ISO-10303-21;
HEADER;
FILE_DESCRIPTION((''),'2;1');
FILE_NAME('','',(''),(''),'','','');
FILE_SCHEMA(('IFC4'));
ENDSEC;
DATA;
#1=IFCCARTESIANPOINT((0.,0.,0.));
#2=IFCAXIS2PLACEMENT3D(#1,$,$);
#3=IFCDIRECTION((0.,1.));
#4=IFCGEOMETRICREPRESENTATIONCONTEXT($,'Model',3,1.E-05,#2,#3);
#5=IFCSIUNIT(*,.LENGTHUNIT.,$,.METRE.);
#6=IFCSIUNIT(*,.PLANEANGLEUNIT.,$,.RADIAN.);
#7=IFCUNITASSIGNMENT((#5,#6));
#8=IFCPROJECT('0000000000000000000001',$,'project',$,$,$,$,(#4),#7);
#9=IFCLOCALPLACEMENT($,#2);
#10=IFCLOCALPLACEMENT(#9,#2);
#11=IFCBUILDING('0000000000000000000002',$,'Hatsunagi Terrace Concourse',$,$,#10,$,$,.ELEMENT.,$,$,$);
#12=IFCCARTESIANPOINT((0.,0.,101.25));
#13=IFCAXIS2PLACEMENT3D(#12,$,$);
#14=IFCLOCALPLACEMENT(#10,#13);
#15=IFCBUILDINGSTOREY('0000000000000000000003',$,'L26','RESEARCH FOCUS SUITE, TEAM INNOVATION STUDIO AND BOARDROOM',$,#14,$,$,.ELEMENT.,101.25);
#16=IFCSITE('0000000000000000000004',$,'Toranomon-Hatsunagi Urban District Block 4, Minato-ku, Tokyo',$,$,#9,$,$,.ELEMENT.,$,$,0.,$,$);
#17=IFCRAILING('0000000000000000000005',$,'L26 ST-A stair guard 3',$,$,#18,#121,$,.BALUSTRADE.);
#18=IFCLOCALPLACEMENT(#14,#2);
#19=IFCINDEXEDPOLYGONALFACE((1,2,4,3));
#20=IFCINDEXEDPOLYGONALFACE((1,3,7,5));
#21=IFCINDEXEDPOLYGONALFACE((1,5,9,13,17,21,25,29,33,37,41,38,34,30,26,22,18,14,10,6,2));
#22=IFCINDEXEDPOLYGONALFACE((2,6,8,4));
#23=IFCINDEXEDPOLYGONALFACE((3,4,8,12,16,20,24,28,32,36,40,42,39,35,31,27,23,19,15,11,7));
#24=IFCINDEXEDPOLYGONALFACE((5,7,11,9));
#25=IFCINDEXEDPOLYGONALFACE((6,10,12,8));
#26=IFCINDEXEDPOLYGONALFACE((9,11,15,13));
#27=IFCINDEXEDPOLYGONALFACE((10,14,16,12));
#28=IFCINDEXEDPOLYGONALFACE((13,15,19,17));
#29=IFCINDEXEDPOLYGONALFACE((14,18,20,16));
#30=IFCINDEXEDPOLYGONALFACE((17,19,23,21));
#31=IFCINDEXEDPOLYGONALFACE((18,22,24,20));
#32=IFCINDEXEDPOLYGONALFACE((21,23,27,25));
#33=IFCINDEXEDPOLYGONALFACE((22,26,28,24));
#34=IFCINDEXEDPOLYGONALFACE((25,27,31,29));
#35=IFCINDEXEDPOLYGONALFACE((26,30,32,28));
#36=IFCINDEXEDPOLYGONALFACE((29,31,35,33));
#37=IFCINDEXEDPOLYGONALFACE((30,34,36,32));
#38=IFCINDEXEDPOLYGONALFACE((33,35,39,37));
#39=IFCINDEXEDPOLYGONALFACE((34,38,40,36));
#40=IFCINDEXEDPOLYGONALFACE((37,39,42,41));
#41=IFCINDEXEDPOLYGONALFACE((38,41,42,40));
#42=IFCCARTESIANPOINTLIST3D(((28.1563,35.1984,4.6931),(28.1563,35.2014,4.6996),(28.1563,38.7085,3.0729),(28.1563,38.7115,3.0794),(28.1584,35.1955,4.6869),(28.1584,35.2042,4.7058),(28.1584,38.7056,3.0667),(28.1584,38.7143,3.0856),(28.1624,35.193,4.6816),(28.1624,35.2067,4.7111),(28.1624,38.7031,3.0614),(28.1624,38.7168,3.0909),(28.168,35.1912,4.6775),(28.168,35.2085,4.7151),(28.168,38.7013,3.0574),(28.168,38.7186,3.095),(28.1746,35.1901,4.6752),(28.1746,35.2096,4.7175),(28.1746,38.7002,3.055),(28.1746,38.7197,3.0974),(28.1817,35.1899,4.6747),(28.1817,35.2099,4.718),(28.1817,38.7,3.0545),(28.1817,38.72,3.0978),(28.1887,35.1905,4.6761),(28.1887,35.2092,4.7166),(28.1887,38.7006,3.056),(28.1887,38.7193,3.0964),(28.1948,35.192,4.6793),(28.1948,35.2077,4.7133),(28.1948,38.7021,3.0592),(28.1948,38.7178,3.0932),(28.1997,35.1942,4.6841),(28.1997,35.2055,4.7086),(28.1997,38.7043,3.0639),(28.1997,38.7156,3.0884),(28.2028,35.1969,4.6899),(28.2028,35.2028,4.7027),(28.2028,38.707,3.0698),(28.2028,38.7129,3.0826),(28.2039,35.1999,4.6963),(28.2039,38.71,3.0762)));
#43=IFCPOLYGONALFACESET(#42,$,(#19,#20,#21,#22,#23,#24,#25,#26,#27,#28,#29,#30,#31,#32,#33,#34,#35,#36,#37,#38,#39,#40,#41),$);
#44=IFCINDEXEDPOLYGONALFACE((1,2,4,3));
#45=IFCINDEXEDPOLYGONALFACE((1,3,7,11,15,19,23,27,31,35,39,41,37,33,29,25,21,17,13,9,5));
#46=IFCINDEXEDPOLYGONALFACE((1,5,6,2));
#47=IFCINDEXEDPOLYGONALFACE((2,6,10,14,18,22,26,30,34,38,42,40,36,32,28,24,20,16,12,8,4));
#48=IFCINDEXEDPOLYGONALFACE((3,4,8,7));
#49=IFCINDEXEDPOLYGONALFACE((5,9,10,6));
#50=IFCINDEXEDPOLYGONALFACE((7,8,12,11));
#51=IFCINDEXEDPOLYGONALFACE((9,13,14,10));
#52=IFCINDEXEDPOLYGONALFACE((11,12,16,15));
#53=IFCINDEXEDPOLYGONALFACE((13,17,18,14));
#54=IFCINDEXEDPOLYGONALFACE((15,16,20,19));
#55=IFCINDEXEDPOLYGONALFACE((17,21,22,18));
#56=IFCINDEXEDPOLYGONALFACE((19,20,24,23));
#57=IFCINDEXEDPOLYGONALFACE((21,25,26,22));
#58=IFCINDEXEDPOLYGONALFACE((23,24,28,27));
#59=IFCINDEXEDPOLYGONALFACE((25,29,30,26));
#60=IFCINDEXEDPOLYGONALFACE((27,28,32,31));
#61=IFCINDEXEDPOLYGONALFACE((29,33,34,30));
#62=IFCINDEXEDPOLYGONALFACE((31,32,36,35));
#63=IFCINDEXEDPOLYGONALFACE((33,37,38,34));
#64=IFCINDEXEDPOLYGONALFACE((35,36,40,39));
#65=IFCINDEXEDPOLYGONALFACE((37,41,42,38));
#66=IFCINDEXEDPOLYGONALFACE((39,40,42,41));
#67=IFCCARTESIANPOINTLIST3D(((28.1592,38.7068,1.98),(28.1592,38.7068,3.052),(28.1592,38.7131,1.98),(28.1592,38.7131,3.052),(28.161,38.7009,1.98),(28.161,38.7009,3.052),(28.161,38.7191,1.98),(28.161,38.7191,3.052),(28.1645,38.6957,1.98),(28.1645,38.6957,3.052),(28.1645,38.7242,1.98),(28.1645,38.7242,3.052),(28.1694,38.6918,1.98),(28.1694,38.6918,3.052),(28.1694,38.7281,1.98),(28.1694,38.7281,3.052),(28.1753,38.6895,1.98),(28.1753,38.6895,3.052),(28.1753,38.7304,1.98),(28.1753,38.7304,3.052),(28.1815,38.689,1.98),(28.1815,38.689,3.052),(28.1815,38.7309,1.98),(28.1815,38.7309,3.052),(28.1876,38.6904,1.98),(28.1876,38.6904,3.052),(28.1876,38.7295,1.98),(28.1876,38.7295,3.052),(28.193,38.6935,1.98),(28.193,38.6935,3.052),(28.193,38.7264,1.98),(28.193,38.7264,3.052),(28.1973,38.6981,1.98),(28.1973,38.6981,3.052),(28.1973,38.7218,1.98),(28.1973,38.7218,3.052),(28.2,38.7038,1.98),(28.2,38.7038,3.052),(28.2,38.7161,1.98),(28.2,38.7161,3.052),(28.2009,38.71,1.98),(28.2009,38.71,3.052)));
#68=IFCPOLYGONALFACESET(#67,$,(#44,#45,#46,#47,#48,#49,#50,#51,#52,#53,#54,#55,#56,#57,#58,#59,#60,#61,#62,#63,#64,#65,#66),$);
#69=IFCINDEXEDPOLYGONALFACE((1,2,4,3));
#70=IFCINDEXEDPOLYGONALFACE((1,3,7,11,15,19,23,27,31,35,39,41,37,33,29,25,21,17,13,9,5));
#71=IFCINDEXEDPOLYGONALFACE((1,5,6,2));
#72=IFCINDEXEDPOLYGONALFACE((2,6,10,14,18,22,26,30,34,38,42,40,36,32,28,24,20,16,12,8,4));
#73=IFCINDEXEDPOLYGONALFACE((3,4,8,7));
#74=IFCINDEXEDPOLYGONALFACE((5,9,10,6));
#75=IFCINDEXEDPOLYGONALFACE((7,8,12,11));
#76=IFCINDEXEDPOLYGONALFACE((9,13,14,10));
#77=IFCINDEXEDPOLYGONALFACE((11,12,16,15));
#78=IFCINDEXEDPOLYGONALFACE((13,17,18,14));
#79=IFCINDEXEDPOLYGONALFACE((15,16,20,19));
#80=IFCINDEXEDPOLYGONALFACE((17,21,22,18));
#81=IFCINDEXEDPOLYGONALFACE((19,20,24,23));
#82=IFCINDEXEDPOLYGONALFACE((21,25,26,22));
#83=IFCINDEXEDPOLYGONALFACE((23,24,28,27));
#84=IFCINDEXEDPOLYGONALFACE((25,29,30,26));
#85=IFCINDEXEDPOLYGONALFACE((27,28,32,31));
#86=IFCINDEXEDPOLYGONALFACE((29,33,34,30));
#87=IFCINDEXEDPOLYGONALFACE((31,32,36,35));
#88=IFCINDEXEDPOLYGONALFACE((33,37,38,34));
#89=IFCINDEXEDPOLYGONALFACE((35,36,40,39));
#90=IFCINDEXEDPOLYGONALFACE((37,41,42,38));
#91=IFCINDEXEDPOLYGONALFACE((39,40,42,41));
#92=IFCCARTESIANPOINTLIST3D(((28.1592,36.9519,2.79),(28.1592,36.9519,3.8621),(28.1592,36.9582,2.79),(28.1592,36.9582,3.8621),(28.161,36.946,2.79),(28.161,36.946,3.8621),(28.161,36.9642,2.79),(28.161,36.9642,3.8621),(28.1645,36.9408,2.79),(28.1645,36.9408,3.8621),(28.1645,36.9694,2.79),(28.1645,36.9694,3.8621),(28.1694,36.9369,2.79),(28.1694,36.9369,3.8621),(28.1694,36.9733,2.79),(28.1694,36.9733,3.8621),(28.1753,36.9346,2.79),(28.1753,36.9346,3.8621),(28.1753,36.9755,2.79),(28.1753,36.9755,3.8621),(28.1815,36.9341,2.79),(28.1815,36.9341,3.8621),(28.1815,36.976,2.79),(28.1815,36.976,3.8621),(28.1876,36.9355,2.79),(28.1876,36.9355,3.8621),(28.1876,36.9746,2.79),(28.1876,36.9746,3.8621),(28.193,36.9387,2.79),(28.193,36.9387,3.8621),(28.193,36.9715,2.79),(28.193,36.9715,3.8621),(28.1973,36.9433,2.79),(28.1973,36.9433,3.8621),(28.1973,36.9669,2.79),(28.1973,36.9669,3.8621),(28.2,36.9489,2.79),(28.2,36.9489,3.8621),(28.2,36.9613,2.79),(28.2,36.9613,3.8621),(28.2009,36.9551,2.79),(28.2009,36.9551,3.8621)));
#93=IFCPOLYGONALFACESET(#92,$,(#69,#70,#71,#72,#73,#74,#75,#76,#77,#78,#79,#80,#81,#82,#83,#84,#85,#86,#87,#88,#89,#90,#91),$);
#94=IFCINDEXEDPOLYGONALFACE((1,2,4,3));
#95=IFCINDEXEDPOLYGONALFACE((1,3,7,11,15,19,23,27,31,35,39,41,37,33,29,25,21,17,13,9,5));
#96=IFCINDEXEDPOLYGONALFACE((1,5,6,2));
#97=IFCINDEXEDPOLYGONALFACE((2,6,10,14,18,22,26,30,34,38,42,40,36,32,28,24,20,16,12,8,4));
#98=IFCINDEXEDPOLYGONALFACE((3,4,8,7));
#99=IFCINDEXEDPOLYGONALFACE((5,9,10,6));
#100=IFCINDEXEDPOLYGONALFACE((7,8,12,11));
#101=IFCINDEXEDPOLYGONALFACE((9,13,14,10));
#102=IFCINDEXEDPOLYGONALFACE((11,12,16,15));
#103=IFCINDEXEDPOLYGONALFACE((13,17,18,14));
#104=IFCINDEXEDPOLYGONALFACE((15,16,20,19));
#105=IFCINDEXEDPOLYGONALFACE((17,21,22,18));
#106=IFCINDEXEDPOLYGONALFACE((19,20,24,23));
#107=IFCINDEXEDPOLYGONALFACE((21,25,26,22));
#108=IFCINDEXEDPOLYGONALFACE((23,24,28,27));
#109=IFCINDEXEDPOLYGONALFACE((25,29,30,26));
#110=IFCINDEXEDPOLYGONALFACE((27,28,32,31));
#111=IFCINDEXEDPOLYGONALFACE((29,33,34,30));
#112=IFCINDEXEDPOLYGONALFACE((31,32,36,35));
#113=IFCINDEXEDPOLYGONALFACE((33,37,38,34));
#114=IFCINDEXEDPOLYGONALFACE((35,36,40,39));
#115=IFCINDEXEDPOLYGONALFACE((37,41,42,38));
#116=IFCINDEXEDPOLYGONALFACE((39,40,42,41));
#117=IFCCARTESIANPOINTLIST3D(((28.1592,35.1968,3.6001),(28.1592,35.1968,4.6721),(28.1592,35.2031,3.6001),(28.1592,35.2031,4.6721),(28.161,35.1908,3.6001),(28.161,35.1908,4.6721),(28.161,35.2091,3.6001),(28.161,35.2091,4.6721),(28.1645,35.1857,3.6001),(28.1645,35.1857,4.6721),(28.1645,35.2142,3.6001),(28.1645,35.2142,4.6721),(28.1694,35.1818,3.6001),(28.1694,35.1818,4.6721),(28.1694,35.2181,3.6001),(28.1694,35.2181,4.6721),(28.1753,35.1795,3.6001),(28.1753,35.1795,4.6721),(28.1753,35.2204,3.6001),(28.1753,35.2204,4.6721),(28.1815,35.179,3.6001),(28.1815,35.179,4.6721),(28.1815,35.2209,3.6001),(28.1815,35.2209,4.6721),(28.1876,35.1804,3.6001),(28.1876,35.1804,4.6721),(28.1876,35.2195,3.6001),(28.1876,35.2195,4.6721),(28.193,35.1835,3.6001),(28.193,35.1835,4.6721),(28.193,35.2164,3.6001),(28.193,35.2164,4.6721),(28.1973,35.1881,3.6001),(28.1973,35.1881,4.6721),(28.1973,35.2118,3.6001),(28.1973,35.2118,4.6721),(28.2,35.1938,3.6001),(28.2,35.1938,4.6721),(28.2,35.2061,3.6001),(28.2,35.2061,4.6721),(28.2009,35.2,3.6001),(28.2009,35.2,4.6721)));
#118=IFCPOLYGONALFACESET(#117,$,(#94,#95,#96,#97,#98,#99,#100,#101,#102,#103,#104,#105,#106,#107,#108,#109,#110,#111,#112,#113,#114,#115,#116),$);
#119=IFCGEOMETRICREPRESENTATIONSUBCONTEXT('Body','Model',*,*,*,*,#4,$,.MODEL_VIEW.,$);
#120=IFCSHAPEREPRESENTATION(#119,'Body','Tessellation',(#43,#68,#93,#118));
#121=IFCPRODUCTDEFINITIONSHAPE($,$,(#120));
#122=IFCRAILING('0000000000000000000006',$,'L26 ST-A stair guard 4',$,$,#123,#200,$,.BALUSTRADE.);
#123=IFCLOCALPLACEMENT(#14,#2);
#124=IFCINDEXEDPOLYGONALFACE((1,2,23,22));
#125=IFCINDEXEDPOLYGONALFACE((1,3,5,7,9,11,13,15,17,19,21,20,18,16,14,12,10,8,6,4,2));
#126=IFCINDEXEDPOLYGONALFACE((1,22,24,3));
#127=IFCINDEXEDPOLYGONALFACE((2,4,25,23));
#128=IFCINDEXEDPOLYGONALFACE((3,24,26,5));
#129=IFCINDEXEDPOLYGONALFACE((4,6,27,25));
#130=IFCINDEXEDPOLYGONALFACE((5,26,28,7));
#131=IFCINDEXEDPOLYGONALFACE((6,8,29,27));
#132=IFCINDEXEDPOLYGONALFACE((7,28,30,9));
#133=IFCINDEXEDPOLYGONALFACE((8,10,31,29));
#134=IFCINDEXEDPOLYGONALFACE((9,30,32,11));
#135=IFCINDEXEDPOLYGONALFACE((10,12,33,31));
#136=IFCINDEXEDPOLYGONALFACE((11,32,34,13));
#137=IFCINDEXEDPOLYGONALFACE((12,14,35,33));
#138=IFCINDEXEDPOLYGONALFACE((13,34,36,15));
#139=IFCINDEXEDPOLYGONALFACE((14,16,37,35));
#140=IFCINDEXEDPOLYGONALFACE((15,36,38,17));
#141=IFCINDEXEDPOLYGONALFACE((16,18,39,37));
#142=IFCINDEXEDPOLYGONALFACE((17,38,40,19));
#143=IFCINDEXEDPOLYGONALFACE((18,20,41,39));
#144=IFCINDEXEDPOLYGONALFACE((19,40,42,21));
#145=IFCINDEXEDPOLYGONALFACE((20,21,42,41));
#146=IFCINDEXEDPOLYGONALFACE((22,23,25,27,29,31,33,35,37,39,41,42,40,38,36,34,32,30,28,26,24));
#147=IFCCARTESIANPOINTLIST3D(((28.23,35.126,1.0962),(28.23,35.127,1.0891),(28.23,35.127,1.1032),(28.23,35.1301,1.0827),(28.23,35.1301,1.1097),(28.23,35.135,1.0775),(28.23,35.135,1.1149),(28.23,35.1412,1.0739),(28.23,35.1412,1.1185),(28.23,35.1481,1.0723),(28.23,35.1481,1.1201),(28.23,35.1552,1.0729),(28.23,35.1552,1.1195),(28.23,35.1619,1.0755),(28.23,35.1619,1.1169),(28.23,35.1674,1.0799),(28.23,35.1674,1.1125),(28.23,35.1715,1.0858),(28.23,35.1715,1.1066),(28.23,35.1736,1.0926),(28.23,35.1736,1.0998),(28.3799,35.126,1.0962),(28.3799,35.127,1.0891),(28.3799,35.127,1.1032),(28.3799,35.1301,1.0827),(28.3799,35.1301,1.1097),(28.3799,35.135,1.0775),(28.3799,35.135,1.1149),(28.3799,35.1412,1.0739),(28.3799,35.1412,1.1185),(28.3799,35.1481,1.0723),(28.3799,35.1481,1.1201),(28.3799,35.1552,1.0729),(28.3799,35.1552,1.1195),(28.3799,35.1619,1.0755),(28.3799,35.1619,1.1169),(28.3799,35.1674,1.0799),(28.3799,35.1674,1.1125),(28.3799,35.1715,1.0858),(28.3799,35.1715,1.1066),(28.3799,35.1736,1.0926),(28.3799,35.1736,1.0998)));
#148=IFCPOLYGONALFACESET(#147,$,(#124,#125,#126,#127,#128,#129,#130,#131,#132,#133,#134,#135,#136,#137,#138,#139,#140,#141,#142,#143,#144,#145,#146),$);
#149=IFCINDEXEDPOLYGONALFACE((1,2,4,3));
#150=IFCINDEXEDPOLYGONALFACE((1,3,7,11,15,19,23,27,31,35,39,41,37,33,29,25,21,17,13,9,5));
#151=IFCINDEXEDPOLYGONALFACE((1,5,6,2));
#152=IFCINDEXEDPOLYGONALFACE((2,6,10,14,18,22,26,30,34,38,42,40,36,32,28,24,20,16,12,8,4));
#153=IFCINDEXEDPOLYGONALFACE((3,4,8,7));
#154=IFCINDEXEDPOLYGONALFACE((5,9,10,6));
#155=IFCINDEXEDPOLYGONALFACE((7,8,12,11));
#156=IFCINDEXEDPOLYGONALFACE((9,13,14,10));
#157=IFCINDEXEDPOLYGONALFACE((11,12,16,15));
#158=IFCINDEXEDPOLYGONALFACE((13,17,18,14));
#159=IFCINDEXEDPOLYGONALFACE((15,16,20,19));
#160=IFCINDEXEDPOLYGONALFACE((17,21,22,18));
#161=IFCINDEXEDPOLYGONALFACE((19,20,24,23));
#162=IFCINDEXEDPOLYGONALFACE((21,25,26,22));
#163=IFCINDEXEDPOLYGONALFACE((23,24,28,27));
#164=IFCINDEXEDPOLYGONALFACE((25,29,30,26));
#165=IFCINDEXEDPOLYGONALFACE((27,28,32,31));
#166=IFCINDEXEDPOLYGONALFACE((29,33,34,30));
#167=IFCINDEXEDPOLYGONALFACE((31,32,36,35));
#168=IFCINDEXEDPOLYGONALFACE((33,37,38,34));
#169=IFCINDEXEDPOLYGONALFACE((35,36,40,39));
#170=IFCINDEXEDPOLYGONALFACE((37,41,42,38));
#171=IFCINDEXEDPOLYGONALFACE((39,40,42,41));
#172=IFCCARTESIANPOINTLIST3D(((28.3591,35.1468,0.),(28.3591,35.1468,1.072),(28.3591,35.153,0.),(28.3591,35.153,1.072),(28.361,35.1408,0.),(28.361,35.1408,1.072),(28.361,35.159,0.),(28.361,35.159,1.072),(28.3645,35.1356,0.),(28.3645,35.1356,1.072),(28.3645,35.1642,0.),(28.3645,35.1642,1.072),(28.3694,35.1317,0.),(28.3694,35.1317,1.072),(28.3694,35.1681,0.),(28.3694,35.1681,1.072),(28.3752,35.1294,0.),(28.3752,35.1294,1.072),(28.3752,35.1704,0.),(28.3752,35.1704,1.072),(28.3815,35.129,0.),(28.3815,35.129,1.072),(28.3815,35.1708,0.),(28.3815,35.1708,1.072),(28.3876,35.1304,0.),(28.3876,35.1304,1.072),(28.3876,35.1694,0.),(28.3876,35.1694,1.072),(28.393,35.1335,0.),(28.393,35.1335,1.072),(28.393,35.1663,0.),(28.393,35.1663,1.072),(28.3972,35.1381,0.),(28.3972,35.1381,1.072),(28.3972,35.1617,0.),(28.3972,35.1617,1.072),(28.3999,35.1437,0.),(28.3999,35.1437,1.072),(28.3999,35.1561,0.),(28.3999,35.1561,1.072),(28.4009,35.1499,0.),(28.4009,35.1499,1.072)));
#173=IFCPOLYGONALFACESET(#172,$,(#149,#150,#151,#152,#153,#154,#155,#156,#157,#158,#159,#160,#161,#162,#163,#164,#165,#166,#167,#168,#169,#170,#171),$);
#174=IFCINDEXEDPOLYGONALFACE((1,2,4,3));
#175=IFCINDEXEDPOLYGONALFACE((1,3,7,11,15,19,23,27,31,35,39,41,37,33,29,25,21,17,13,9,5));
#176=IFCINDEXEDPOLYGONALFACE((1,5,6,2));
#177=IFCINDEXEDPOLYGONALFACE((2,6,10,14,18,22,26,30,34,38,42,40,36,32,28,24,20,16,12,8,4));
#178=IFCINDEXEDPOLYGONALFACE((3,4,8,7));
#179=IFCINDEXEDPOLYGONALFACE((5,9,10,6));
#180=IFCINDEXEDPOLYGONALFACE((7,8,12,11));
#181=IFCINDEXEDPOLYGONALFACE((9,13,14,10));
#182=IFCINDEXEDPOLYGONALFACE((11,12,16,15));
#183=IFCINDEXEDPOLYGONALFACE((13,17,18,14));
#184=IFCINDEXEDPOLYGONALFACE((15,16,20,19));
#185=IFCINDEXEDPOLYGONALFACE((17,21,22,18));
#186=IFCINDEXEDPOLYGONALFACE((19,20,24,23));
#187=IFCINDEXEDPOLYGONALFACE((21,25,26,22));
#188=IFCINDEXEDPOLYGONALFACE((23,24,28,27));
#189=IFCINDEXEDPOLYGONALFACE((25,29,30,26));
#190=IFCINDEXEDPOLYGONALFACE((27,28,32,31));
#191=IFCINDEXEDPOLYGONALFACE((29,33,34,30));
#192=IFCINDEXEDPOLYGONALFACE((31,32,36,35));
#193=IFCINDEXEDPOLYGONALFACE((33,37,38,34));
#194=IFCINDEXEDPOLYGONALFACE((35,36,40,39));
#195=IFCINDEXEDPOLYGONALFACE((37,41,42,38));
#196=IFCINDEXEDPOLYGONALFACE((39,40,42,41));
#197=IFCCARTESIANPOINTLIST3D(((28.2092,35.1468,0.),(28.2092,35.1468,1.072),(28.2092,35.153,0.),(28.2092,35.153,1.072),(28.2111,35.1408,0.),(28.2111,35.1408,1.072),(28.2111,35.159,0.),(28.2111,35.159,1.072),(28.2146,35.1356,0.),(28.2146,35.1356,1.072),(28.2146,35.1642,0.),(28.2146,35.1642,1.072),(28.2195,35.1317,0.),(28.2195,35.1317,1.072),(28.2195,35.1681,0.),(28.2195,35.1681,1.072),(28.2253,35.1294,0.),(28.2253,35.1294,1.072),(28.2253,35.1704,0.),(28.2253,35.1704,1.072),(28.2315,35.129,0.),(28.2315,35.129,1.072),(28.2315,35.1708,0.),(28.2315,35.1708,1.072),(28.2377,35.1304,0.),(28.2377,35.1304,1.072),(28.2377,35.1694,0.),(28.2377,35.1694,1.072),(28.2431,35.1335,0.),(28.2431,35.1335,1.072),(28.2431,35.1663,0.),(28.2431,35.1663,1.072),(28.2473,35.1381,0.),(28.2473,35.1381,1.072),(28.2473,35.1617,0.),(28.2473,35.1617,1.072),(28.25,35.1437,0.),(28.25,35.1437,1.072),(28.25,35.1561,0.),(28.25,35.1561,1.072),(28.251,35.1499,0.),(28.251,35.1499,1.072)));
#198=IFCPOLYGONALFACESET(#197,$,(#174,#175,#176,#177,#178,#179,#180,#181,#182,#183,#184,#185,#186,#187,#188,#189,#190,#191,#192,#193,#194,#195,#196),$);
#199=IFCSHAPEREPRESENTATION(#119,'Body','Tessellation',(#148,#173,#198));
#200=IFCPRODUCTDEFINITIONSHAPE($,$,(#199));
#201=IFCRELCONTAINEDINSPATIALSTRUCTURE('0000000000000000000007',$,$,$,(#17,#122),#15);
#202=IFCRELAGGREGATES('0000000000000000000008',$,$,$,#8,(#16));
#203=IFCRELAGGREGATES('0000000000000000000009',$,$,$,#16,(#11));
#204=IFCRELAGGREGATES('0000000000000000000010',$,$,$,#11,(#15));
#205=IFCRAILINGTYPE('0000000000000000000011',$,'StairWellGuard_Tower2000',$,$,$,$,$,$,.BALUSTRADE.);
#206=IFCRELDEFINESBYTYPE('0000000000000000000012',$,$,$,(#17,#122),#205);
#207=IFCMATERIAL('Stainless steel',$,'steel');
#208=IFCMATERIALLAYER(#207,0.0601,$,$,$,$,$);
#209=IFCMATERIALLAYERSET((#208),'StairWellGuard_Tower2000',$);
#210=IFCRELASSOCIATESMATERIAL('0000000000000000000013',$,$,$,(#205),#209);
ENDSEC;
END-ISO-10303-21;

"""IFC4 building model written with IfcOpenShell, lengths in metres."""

from ifc_helpers import new_model, si_unit, direction, frame, origin, origin_2d, place, context, subcontext, project, spatial, circle, extrude, material, layer, layer_set, type_object, element, save


model = new_model("IFC4")

# Units and contexts
model_context = context("Model", 3, precision=1e-05, world=origin(), true_north=direction((0.0, 1.0)))
body_context = subcontext(model_context, "Body", "Model", "MODEL_VIEW")
ifc_project = project(units=[si_unit("LENGTHUNIT", "METRE"), si_unit("PLANEANGLEUNIT", "RADIAN")], contexts=[model_context])

# Site, building, storey
site_placement = place(None, origin())
site = spatial("IfcSite", under=ifc_project, at=site_placement, Name="Toranomon-Hatsunagi Urban District Block 4, Minato-ku, Tokyo", CompositionType="ELEMENT", RefElevation=0.0)
building_placement = place(site_placement, origin())
building = spatial("IfcBuilding", under=site, at=building_placement, Name="Hatsunagi Terrace Concourse", CompositionType="ELEMENT")
storey_placement = place(building_placement, frame((0.0, 0.0, 101.25)))
storey = spatial("IfcBuildingStorey", under=building, at=storey_placement, Name="L26", Description="RESEARCH FOCUS SUITE, TEAM INNOVATION STUDIO AND BOARDROOM", CompositionType="ELEMENT", Elevation=101.25)

# Railings
ifc_material_1 = material(Name="Stainless steel", Category="steel")
ifc_layer_1 = layer(ifc_material_1, 0.0601)
ifc_layer_set_1 = layer_set([ifc_layer_1], Name="StairWellGuard_Tower2000")
railing_type_1 = type_object("IfcRailingType", Name="StairWellGuard_Tower2000", PredefinedType="BALUSTRADE", material=ifc_layer_set_1)
railing_1_placement = place(storey_placement, frame((28.1799, 38.71, 1.98)))
element("IfcRailing", 1, at=railing_1_placement, inside=storey, type_object=railing_type_1, Name="L26 ST-A stair guard 3", PredefinedType="BALUSTRADE", context=body_context, shape_type="SweptSolid", body=[
    extrude(circle(Radius=0.0239, at=origin_2d()), frame((0.0, 0.0, 1.0962), z_axis=(0.0, -0.907948, 0.419082), x_axis=(1.0, 0.0, 0.0)), (0.0, 0.0, 1.0), 3.866),
    extrude(circle(Radius=0.021, at=origin_2d()), origin(), (0.0, 0.0, 1.0), 1.072),
    extrude(circle(Radius=0.021, at=origin_2d()), frame((0.0, -1.7549, 0.8101)), (0.0, 0.0, 1.0), 1.072),
    extrude(circle(Radius=0.021, at=origin_2d()), frame((0.0, -3.51, 1.6201)), (0.0, 0.0, 1.0), 1.072),
])
railing_2_placement = place(storey_placement, frame((28.3799, 35.1499, 0.0)))
element("IfcRailing", 2, at=railing_2_placement, inside=storey, type_object=railing_type_1, Name="L26 ST-A stair guard 4", PredefinedType="BALUSTRADE", context=body_context, shape_type="SweptSolid", body=[
    extrude(circle(Radius=0.0239, at=origin_2d()), frame((0.0, 0.0, 1.0962), z_axis=(-1.0, 0.0, 0.0), x_axis=(0.0, -1.0, 0.0)), (0.0, 0.0, 1.0), 0.1499),
    extrude(circle(Radius=0.021, at=origin_2d()), origin(), (0.0, 0.0, 1.0), 1.072),
    extrude(circle(Radius=0.021, at=origin_2d()), frame((-0.1499, 0.0, 0.0)), (0.0, 0.0, 1.0), 1.072),
])

save(model, "model.ifc")
